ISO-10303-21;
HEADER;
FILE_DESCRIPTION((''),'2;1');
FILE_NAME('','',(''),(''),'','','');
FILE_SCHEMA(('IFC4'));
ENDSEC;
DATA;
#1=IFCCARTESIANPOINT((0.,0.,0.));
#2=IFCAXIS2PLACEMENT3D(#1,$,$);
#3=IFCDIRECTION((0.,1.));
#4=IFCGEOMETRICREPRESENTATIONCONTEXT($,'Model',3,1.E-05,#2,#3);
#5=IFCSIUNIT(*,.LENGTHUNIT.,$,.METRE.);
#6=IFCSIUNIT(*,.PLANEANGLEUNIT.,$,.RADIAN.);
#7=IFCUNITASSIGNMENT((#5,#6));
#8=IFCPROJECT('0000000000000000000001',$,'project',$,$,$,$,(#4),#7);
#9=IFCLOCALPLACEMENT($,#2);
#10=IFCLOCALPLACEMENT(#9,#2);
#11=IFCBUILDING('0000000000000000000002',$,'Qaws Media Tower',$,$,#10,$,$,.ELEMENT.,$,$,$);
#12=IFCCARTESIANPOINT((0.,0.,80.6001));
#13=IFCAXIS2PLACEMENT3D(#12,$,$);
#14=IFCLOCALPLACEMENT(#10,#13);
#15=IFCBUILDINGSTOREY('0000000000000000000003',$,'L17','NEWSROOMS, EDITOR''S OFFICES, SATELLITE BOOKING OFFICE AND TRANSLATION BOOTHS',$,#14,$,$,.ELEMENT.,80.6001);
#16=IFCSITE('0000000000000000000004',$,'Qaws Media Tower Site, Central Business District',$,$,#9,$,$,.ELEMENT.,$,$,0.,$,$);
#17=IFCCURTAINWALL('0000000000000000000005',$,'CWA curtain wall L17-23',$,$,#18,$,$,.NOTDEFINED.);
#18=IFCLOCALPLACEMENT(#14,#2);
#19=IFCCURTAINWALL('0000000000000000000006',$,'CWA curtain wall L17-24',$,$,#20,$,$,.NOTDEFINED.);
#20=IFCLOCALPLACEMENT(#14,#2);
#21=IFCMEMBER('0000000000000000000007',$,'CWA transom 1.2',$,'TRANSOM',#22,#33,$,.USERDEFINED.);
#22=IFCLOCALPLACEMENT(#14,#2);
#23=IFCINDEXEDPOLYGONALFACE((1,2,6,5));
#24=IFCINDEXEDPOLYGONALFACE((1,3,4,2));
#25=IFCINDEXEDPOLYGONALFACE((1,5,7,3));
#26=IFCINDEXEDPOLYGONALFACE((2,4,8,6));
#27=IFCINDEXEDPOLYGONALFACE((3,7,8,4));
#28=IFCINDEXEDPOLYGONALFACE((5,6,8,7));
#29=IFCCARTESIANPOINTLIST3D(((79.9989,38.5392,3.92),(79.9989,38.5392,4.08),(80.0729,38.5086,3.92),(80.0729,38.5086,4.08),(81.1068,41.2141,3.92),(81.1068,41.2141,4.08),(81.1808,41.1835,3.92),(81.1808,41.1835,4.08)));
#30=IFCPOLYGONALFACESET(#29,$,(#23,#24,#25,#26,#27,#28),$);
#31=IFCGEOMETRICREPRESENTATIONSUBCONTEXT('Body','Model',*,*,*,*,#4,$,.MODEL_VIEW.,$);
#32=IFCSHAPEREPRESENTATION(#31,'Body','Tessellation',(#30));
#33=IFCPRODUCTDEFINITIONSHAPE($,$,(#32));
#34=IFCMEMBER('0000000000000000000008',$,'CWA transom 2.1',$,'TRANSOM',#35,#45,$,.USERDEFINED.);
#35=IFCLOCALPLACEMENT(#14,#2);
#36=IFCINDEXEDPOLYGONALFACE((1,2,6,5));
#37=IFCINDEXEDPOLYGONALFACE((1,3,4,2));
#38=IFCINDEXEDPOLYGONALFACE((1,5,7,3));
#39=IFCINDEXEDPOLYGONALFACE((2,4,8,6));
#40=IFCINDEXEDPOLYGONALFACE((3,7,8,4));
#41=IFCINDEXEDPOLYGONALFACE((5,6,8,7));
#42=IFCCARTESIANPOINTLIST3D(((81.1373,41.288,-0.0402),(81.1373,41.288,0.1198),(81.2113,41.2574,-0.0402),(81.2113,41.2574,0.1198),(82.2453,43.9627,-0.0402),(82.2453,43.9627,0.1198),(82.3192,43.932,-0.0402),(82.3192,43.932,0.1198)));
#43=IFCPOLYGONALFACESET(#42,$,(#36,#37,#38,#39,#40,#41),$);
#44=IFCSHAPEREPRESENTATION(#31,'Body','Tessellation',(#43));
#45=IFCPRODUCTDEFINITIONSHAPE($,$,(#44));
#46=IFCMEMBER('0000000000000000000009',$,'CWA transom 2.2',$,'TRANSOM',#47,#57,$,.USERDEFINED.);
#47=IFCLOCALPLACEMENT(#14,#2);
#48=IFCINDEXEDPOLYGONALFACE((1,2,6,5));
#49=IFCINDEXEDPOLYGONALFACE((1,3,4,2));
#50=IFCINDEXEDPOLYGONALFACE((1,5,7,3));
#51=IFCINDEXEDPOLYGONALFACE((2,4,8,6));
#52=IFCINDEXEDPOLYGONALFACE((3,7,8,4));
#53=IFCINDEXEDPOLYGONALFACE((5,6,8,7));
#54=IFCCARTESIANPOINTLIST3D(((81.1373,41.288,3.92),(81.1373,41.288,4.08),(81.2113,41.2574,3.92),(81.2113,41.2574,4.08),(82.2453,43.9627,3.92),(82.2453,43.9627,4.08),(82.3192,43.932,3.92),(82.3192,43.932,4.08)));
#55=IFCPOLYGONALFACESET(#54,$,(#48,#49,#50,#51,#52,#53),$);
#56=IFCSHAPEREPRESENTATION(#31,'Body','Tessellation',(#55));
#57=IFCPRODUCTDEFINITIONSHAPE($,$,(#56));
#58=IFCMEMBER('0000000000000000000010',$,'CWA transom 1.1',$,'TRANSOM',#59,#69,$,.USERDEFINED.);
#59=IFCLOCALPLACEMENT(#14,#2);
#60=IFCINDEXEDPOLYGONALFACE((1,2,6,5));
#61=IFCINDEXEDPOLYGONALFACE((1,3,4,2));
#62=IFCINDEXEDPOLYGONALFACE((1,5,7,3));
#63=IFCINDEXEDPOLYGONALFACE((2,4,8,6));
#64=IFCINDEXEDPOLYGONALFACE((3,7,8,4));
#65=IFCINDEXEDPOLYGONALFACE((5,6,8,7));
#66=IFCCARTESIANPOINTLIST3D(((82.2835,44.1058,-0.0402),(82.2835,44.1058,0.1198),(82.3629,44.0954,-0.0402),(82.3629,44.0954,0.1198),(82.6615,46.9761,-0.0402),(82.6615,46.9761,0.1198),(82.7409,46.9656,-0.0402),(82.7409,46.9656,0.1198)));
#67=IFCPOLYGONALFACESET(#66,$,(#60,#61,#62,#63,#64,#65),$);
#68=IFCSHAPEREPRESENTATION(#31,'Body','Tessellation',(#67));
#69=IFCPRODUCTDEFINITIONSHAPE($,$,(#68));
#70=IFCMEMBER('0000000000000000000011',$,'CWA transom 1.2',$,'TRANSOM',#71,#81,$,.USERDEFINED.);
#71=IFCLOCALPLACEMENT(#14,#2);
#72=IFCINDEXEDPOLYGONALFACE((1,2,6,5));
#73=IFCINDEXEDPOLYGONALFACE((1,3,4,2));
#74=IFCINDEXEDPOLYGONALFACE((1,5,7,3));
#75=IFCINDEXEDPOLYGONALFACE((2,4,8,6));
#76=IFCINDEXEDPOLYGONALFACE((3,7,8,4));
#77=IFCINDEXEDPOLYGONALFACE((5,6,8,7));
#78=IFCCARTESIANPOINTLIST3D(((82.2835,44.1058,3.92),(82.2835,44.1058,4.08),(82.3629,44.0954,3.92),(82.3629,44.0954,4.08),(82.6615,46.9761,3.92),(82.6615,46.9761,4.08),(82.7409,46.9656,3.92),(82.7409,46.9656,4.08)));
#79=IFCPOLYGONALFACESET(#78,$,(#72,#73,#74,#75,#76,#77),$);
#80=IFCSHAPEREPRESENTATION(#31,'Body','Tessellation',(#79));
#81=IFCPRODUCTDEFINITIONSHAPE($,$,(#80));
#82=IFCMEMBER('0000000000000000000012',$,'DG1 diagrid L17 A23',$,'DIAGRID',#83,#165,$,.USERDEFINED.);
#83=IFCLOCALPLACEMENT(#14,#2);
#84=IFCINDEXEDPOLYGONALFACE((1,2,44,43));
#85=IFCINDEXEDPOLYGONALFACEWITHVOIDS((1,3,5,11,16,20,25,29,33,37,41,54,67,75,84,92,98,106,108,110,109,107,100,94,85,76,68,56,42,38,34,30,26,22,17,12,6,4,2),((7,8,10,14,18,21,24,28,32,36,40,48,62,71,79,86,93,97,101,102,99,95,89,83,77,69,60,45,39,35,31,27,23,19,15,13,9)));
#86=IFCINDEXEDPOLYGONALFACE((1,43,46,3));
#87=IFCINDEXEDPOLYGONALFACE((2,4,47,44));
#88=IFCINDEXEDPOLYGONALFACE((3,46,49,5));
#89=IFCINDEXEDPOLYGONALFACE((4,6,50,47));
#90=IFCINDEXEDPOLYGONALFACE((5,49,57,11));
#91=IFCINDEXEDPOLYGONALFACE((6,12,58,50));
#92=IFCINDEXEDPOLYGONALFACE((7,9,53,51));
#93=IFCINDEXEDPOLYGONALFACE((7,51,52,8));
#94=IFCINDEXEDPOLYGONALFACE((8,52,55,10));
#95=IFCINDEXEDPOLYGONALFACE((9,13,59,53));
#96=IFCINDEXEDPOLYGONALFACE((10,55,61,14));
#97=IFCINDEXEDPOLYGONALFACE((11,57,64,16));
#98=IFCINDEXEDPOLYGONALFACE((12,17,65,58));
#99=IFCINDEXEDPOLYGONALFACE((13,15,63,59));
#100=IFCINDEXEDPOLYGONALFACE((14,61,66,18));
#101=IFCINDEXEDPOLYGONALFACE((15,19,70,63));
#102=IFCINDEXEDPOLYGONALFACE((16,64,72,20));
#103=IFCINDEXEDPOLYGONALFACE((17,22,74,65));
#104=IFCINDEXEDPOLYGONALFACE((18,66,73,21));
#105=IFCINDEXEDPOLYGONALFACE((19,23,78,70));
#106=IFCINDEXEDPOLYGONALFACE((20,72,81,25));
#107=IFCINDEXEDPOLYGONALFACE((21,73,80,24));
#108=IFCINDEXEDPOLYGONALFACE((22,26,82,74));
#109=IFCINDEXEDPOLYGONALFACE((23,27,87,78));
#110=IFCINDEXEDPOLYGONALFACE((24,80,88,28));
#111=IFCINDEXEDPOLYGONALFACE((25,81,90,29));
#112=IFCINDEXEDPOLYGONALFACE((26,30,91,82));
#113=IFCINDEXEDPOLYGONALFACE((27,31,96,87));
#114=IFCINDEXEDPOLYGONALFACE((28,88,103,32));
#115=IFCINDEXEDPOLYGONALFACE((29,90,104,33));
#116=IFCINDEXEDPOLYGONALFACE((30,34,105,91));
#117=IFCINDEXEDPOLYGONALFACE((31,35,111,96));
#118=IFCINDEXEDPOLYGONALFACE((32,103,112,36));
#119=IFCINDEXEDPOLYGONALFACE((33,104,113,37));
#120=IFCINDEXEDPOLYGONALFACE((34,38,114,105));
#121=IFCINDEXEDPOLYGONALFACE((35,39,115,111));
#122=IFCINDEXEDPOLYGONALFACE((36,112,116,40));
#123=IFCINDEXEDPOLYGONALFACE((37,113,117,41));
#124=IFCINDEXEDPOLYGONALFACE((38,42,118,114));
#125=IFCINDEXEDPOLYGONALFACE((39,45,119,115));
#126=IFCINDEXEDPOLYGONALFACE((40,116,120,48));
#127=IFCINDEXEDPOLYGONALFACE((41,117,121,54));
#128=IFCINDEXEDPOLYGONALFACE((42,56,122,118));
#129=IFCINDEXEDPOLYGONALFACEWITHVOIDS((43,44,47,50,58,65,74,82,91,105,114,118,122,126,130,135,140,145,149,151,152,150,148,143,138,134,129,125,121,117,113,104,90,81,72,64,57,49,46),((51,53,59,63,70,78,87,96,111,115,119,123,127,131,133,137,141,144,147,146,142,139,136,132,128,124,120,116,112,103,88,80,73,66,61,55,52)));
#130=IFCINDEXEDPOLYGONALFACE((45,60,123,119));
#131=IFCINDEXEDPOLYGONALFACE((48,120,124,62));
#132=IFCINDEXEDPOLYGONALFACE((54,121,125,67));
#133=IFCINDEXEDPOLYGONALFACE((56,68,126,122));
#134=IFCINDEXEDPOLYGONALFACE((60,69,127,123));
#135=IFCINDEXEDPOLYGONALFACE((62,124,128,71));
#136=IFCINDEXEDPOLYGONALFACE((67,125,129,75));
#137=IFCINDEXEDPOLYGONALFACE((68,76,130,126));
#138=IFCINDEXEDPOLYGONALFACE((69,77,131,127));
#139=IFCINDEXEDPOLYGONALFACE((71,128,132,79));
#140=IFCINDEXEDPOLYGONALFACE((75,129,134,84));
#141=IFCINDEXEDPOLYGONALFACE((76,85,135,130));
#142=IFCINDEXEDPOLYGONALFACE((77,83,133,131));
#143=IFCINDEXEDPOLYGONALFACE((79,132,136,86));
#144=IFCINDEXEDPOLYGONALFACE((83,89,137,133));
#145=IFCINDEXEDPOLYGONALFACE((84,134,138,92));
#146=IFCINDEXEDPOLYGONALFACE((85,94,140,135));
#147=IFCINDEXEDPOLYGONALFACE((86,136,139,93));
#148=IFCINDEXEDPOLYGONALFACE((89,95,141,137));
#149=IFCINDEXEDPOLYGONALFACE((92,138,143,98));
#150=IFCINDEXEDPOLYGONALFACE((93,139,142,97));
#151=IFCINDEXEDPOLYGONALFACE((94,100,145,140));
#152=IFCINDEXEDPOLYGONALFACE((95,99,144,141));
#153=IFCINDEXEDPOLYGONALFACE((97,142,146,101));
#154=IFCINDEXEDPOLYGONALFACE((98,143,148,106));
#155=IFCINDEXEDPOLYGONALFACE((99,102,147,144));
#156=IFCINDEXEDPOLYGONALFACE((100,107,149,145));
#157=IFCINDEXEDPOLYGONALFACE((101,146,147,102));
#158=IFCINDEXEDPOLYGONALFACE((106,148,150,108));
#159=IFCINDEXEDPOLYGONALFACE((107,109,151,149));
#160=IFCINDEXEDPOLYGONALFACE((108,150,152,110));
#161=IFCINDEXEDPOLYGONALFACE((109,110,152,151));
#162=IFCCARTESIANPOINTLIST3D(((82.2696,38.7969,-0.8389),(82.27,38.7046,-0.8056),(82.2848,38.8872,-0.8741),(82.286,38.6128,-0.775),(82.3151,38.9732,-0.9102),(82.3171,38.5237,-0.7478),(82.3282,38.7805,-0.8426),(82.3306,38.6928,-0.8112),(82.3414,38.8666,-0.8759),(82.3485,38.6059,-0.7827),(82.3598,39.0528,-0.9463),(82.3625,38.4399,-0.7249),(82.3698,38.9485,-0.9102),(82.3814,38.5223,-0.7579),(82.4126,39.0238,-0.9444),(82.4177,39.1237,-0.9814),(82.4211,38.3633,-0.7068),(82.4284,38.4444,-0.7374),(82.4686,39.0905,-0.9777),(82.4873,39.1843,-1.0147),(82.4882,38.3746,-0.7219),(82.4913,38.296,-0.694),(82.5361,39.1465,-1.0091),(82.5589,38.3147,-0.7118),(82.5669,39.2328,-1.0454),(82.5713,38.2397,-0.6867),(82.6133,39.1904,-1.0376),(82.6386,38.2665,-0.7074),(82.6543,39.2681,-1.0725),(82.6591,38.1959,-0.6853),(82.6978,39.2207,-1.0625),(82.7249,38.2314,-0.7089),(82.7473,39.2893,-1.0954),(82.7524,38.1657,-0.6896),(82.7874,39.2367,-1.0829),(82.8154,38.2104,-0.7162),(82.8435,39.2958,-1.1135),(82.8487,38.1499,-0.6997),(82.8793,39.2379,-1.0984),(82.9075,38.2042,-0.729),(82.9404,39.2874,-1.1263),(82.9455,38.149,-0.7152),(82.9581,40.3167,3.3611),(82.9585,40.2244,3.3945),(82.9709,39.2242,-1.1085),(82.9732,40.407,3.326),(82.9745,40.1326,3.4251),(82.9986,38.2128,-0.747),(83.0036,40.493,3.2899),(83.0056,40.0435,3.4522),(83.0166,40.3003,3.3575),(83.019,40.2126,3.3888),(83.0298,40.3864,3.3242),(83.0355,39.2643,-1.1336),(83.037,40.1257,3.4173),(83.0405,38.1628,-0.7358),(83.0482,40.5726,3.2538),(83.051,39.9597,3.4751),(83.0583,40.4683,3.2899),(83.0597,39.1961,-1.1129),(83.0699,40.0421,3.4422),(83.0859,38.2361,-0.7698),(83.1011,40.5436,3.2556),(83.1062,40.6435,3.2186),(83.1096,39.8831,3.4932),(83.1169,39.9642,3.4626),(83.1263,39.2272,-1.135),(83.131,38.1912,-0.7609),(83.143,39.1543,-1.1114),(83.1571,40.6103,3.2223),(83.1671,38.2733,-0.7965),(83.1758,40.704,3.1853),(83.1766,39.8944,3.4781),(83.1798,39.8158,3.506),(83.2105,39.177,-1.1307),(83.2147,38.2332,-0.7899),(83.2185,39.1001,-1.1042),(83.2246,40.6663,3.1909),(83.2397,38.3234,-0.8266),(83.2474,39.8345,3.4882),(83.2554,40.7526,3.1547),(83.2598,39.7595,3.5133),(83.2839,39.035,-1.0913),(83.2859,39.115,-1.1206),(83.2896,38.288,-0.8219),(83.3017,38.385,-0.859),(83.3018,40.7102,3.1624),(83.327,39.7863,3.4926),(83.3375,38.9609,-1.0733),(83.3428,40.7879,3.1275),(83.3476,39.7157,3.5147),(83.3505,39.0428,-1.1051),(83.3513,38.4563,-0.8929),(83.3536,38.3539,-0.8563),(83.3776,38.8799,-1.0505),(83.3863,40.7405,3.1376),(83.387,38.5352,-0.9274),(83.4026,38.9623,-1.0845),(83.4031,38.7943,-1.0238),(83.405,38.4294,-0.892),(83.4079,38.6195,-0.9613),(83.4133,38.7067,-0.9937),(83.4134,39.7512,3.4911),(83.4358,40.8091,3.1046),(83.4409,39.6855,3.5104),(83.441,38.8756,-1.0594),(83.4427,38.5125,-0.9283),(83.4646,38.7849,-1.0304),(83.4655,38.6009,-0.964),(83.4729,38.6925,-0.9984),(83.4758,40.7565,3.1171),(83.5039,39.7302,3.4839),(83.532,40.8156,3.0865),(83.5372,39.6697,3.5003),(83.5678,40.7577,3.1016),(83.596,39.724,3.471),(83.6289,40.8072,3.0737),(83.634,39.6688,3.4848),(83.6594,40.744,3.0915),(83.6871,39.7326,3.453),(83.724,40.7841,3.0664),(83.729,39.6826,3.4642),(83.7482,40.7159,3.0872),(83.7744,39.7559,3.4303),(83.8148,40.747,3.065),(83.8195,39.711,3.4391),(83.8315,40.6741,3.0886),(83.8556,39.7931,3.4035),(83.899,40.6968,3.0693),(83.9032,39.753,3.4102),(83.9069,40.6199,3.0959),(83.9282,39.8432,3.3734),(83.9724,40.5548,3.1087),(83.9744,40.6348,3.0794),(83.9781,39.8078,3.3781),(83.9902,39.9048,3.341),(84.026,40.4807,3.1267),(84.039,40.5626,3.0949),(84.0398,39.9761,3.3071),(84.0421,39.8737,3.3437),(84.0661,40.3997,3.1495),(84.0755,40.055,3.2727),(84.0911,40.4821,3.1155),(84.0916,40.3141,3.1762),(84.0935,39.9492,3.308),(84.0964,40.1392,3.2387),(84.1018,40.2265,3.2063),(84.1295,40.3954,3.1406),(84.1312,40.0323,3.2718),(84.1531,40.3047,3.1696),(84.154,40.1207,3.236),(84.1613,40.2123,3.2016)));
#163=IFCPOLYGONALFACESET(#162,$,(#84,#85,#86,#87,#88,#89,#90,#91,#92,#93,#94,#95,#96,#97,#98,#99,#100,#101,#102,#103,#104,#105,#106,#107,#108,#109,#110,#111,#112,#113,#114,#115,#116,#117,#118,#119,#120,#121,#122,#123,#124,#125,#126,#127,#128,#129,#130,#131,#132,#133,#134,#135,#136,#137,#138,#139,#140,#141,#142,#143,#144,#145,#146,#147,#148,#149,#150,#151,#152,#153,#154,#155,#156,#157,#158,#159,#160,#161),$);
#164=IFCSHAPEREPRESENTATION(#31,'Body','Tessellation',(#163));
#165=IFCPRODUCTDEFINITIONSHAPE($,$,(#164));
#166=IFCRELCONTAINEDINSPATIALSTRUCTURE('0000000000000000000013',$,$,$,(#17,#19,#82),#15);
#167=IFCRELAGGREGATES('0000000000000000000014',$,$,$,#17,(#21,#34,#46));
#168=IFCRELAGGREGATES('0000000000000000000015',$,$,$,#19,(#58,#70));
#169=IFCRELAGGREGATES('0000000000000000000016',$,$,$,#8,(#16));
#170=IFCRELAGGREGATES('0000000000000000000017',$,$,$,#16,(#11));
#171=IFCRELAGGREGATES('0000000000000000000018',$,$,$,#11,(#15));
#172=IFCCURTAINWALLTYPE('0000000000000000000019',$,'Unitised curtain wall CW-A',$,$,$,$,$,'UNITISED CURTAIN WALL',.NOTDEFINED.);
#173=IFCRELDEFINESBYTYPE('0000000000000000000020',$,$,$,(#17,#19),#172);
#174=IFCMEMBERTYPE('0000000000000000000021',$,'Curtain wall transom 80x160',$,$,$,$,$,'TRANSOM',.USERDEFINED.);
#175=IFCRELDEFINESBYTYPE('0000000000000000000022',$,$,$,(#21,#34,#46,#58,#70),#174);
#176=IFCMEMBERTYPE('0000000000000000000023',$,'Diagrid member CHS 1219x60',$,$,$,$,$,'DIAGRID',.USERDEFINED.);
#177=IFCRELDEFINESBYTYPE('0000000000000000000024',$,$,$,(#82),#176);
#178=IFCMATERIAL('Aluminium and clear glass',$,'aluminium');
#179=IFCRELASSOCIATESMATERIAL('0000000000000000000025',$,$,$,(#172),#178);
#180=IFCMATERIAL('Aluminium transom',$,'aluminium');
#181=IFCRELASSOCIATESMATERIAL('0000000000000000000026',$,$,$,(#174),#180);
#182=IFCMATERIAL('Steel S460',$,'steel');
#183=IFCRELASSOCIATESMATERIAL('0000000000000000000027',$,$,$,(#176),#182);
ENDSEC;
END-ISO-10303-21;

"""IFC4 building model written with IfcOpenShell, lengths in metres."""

from ifc_helpers import new_model, si_unit, direction, frame, origin, origin_2d, place, context, subcontext, project, spatial, rectangle, hollow_circle, extrude, material, material_profile, profile_set, type_object, element, aggregate, save


model = new_model("IFC4")

# Units and contexts
model_context = context("Model", 3, precision=1e-05, world=origin(), true_north=direction((0.0, 1.0)))
body_context = subcontext(model_context, "Body", "Model", "MODEL_VIEW")
ifc_project = project(units=[si_unit("LENGTHUNIT", "METRE"), si_unit("PLANEANGLEUNIT", "RADIAN")], contexts=[model_context])

# Site, building, storey
site_placement = place(None, origin())
site = spatial("IfcSite", under=ifc_project, at=site_placement, Name="Qaws Media Tower Site, Central Business District", CompositionType="ELEMENT", RefElevation=0.0)
building_placement = place(site_placement, origin())
building = spatial("IfcBuilding", under=site, at=building_placement, Name="Qaws Media Tower", CompositionType="ELEMENT")
storey_placement = place(building_placement, frame((0.0, 0.0, 80.6001)))
storey = spatial("IfcBuildingStorey", under=building, at=storey_placement, Name="L17", Description="NEWSROOMS, EDITOR'S OFFICES, SATELLITE BOOKING OFFICE AND TRANSLATION BOOTHS", CompositionType="ELEMENT", Elevation=80.6001)

# Shared definitions
ifc_material_1 = material(Name="Aluminium and clear glass", Category="aluminium")
curtain_wall_type = type_object("IfcCurtainWallType", Name="Unitised curtain wall CW-A", ElementType="UNITISED CURTAIN WALL", PredefinedType="NOTDEFINED", material=ifc_material_1)

# Curtain walls
curtain_wall_1_placement = place(storey_placement, origin())
curtain_wall_1 = element("IfcCurtainWall", 1, at=curtain_wall_1_placement, inside=storey, type_object=curtain_wall_type, Name="CWA curtain wall L17-23", PredefinedType="NOTDEFINED")
curtain_wall_2_placement = place(storey_placement, origin())
curtain_wall_2 = element("IfcCurtainWall", 2, at=curtain_wall_2_placement, inside=storey, type_object=curtain_wall_type, Name="CWA curtain wall L17-24", PredefinedType="NOTDEFINED")

# Members
ifc_material_2 = material(Name="Aluminium transom", Category="aluminium")
ifc_material_profile_1 = material_profile(ifc_material_2, rectangle(XDim=0.0801, YDim=0.1599, at=origin_2d()), Name="80x160")
ifc_profile_set_1 = profile_set([ifc_material_profile_1], Name="Aluminium transom")
member_type_1 = type_object("IfcMemberType", Name="Curtain wall transom 80x160", ElementType="TRANSOM", PredefinedType="USERDEFINED", material=ifc_profile_set_1)
member_1_placement = place(storey_placement, frame((80.0359, 38.5239, 4.0), z_axis=(0.382675, 0.923883, 0.0), x_axis=(-0.923883, 0.382675, 0.0)))
member_1 = element("IfcMember", 3, at=member_1_placement, type_object=member_type_1, Name="CWA transom 1.2", ObjectType="TRANSOM", PredefinedType="USERDEFINED", context=body_context, shape_type="SweptSolid", body=[
    extrude(rectangle(XDim=0.0801, YDim=0.1599, at=origin_2d()), origin(), (0.0, 0.0, 1.0), 2.8953),
])
member_2_placement = place(storey_placement, frame((81.1743, 41.2727, 0.0398), z_axis=(0.382704, 0.923871, 0.0), x_axis=(-0.923871, 0.382704, 0.0)))
member_2 = element("IfcMember", 4, at=member_2_placement, type_object=member_type_1, Name="CWA transom 2.1", ObjectType="TRANSOM", PredefinedType="USERDEFINED", context=body_context, shape_type="SweptSolid", body=[
    extrude(rectangle(XDim=0.0801, YDim=0.1599, at=origin_2d()), origin(), (0.0, 0.0, 1.0), 2.895),
])
member_3_placement = place(storey_placement, frame((81.1743, 41.2727, 4.0), z_axis=(0.382704, 0.923871, 0.0), x_axis=(-0.923871, 0.382704, 0.0)))
member_3 = element("IfcMember", 5, at=member_3_placement, type_object=member_type_1, Name="CWA transom 2.2", ObjectType="TRANSOM", PredefinedType="USERDEFINED", context=body_context, shape_type="SweptSolid", body=[
    extrude(rectangle(XDim=0.0801, YDim=0.1599, at=origin_2d()), origin(), (0.0, 0.0, 1.0), 2.895),
])
member_4_placement = place(storey_placement, frame((82.3232, 44.1006, 0.0398), z_axis=(0.13054, 0.991443, 0.0), x_axis=(-0.991443, 0.13054, 0.0)))
member_4 = element("IfcMember", 6, at=member_4_placement, type_object=member_type_1, Name="CWA transom 1.1", ObjectType="TRANSOM", PredefinedType="USERDEFINED", context=body_context, shape_type="SweptSolid", body=[
    extrude(rectangle(XDim=0.0801, YDim=0.1599, at=origin_2d()), origin(), (0.0, 0.0, 1.0), 2.895),
])
member_5_placement = place(storey_placement, frame((82.3232, 44.1006, 4.0), z_axis=(0.13054, 0.991443, 0.0), x_axis=(-0.991443, 0.13054, 0.0)))
member_5 = element("IfcMember", 7, at=member_5_placement, type_object=member_type_1, Name="CWA transom 1.2", ObjectType="TRANSOM", PredefinedType="USERDEFINED", context=body_context, shape_type="SweptSolid", body=[
    extrude(rectangle(XDim=0.0801, YDim=0.1599, at=origin_2d()), origin(), (0.0, 0.0, 1.0), 2.895),
])

# Member
ifc_material_3 = material(Name="Steel S460", Category="steel")
ifc_material_profile_2 = material_profile(ifc_material_3, hollow_circle(Radius=0.6096, WallThickness=0.0601, at=origin_2d()), Name="CHS 1219x60")
ifc_profile_set_2 = profile_set([ifc_material_profile_2], Name="Steel S460")
member_type_2 = type_object("IfcMemberType", Name="Diagrid member CHS 1219x60", ElementType="DIAGRID", PredefinedType="USERDEFINED", material=ifc_profile_set_2)
for number, where, z_axis, x_axis, name in (
    (8, (82.8704, 38.7217, -0.9102), (0.152344, 0.336292, 0.929354), (-0.910892, 0.412645, 0.0), "DG1 diagrid L17 A23"),
):
    element("IfcMember", number, at=place(storey_placement, frame(where, z_axis=z_axis, x_axis=x_axis)), inside=storey, type_object=member_type_2, Name=name, ObjectType="DIAGRID", PredefinedType="USERDEFINED", context=body_context, shape_type="SweptSolid", body=[
        extrude(hollow_circle(Radius=0.6096, WallThickness=0.0601, at=origin_2d()), origin(), (0.0, 0.0, 1.0), 4.5193),
    ])

aggregate(curtain_wall_1, [member_1, member_2, member_3])
aggregate(curtain_wall_2, [member_4, member_5])

save(model, "model.ifc")
